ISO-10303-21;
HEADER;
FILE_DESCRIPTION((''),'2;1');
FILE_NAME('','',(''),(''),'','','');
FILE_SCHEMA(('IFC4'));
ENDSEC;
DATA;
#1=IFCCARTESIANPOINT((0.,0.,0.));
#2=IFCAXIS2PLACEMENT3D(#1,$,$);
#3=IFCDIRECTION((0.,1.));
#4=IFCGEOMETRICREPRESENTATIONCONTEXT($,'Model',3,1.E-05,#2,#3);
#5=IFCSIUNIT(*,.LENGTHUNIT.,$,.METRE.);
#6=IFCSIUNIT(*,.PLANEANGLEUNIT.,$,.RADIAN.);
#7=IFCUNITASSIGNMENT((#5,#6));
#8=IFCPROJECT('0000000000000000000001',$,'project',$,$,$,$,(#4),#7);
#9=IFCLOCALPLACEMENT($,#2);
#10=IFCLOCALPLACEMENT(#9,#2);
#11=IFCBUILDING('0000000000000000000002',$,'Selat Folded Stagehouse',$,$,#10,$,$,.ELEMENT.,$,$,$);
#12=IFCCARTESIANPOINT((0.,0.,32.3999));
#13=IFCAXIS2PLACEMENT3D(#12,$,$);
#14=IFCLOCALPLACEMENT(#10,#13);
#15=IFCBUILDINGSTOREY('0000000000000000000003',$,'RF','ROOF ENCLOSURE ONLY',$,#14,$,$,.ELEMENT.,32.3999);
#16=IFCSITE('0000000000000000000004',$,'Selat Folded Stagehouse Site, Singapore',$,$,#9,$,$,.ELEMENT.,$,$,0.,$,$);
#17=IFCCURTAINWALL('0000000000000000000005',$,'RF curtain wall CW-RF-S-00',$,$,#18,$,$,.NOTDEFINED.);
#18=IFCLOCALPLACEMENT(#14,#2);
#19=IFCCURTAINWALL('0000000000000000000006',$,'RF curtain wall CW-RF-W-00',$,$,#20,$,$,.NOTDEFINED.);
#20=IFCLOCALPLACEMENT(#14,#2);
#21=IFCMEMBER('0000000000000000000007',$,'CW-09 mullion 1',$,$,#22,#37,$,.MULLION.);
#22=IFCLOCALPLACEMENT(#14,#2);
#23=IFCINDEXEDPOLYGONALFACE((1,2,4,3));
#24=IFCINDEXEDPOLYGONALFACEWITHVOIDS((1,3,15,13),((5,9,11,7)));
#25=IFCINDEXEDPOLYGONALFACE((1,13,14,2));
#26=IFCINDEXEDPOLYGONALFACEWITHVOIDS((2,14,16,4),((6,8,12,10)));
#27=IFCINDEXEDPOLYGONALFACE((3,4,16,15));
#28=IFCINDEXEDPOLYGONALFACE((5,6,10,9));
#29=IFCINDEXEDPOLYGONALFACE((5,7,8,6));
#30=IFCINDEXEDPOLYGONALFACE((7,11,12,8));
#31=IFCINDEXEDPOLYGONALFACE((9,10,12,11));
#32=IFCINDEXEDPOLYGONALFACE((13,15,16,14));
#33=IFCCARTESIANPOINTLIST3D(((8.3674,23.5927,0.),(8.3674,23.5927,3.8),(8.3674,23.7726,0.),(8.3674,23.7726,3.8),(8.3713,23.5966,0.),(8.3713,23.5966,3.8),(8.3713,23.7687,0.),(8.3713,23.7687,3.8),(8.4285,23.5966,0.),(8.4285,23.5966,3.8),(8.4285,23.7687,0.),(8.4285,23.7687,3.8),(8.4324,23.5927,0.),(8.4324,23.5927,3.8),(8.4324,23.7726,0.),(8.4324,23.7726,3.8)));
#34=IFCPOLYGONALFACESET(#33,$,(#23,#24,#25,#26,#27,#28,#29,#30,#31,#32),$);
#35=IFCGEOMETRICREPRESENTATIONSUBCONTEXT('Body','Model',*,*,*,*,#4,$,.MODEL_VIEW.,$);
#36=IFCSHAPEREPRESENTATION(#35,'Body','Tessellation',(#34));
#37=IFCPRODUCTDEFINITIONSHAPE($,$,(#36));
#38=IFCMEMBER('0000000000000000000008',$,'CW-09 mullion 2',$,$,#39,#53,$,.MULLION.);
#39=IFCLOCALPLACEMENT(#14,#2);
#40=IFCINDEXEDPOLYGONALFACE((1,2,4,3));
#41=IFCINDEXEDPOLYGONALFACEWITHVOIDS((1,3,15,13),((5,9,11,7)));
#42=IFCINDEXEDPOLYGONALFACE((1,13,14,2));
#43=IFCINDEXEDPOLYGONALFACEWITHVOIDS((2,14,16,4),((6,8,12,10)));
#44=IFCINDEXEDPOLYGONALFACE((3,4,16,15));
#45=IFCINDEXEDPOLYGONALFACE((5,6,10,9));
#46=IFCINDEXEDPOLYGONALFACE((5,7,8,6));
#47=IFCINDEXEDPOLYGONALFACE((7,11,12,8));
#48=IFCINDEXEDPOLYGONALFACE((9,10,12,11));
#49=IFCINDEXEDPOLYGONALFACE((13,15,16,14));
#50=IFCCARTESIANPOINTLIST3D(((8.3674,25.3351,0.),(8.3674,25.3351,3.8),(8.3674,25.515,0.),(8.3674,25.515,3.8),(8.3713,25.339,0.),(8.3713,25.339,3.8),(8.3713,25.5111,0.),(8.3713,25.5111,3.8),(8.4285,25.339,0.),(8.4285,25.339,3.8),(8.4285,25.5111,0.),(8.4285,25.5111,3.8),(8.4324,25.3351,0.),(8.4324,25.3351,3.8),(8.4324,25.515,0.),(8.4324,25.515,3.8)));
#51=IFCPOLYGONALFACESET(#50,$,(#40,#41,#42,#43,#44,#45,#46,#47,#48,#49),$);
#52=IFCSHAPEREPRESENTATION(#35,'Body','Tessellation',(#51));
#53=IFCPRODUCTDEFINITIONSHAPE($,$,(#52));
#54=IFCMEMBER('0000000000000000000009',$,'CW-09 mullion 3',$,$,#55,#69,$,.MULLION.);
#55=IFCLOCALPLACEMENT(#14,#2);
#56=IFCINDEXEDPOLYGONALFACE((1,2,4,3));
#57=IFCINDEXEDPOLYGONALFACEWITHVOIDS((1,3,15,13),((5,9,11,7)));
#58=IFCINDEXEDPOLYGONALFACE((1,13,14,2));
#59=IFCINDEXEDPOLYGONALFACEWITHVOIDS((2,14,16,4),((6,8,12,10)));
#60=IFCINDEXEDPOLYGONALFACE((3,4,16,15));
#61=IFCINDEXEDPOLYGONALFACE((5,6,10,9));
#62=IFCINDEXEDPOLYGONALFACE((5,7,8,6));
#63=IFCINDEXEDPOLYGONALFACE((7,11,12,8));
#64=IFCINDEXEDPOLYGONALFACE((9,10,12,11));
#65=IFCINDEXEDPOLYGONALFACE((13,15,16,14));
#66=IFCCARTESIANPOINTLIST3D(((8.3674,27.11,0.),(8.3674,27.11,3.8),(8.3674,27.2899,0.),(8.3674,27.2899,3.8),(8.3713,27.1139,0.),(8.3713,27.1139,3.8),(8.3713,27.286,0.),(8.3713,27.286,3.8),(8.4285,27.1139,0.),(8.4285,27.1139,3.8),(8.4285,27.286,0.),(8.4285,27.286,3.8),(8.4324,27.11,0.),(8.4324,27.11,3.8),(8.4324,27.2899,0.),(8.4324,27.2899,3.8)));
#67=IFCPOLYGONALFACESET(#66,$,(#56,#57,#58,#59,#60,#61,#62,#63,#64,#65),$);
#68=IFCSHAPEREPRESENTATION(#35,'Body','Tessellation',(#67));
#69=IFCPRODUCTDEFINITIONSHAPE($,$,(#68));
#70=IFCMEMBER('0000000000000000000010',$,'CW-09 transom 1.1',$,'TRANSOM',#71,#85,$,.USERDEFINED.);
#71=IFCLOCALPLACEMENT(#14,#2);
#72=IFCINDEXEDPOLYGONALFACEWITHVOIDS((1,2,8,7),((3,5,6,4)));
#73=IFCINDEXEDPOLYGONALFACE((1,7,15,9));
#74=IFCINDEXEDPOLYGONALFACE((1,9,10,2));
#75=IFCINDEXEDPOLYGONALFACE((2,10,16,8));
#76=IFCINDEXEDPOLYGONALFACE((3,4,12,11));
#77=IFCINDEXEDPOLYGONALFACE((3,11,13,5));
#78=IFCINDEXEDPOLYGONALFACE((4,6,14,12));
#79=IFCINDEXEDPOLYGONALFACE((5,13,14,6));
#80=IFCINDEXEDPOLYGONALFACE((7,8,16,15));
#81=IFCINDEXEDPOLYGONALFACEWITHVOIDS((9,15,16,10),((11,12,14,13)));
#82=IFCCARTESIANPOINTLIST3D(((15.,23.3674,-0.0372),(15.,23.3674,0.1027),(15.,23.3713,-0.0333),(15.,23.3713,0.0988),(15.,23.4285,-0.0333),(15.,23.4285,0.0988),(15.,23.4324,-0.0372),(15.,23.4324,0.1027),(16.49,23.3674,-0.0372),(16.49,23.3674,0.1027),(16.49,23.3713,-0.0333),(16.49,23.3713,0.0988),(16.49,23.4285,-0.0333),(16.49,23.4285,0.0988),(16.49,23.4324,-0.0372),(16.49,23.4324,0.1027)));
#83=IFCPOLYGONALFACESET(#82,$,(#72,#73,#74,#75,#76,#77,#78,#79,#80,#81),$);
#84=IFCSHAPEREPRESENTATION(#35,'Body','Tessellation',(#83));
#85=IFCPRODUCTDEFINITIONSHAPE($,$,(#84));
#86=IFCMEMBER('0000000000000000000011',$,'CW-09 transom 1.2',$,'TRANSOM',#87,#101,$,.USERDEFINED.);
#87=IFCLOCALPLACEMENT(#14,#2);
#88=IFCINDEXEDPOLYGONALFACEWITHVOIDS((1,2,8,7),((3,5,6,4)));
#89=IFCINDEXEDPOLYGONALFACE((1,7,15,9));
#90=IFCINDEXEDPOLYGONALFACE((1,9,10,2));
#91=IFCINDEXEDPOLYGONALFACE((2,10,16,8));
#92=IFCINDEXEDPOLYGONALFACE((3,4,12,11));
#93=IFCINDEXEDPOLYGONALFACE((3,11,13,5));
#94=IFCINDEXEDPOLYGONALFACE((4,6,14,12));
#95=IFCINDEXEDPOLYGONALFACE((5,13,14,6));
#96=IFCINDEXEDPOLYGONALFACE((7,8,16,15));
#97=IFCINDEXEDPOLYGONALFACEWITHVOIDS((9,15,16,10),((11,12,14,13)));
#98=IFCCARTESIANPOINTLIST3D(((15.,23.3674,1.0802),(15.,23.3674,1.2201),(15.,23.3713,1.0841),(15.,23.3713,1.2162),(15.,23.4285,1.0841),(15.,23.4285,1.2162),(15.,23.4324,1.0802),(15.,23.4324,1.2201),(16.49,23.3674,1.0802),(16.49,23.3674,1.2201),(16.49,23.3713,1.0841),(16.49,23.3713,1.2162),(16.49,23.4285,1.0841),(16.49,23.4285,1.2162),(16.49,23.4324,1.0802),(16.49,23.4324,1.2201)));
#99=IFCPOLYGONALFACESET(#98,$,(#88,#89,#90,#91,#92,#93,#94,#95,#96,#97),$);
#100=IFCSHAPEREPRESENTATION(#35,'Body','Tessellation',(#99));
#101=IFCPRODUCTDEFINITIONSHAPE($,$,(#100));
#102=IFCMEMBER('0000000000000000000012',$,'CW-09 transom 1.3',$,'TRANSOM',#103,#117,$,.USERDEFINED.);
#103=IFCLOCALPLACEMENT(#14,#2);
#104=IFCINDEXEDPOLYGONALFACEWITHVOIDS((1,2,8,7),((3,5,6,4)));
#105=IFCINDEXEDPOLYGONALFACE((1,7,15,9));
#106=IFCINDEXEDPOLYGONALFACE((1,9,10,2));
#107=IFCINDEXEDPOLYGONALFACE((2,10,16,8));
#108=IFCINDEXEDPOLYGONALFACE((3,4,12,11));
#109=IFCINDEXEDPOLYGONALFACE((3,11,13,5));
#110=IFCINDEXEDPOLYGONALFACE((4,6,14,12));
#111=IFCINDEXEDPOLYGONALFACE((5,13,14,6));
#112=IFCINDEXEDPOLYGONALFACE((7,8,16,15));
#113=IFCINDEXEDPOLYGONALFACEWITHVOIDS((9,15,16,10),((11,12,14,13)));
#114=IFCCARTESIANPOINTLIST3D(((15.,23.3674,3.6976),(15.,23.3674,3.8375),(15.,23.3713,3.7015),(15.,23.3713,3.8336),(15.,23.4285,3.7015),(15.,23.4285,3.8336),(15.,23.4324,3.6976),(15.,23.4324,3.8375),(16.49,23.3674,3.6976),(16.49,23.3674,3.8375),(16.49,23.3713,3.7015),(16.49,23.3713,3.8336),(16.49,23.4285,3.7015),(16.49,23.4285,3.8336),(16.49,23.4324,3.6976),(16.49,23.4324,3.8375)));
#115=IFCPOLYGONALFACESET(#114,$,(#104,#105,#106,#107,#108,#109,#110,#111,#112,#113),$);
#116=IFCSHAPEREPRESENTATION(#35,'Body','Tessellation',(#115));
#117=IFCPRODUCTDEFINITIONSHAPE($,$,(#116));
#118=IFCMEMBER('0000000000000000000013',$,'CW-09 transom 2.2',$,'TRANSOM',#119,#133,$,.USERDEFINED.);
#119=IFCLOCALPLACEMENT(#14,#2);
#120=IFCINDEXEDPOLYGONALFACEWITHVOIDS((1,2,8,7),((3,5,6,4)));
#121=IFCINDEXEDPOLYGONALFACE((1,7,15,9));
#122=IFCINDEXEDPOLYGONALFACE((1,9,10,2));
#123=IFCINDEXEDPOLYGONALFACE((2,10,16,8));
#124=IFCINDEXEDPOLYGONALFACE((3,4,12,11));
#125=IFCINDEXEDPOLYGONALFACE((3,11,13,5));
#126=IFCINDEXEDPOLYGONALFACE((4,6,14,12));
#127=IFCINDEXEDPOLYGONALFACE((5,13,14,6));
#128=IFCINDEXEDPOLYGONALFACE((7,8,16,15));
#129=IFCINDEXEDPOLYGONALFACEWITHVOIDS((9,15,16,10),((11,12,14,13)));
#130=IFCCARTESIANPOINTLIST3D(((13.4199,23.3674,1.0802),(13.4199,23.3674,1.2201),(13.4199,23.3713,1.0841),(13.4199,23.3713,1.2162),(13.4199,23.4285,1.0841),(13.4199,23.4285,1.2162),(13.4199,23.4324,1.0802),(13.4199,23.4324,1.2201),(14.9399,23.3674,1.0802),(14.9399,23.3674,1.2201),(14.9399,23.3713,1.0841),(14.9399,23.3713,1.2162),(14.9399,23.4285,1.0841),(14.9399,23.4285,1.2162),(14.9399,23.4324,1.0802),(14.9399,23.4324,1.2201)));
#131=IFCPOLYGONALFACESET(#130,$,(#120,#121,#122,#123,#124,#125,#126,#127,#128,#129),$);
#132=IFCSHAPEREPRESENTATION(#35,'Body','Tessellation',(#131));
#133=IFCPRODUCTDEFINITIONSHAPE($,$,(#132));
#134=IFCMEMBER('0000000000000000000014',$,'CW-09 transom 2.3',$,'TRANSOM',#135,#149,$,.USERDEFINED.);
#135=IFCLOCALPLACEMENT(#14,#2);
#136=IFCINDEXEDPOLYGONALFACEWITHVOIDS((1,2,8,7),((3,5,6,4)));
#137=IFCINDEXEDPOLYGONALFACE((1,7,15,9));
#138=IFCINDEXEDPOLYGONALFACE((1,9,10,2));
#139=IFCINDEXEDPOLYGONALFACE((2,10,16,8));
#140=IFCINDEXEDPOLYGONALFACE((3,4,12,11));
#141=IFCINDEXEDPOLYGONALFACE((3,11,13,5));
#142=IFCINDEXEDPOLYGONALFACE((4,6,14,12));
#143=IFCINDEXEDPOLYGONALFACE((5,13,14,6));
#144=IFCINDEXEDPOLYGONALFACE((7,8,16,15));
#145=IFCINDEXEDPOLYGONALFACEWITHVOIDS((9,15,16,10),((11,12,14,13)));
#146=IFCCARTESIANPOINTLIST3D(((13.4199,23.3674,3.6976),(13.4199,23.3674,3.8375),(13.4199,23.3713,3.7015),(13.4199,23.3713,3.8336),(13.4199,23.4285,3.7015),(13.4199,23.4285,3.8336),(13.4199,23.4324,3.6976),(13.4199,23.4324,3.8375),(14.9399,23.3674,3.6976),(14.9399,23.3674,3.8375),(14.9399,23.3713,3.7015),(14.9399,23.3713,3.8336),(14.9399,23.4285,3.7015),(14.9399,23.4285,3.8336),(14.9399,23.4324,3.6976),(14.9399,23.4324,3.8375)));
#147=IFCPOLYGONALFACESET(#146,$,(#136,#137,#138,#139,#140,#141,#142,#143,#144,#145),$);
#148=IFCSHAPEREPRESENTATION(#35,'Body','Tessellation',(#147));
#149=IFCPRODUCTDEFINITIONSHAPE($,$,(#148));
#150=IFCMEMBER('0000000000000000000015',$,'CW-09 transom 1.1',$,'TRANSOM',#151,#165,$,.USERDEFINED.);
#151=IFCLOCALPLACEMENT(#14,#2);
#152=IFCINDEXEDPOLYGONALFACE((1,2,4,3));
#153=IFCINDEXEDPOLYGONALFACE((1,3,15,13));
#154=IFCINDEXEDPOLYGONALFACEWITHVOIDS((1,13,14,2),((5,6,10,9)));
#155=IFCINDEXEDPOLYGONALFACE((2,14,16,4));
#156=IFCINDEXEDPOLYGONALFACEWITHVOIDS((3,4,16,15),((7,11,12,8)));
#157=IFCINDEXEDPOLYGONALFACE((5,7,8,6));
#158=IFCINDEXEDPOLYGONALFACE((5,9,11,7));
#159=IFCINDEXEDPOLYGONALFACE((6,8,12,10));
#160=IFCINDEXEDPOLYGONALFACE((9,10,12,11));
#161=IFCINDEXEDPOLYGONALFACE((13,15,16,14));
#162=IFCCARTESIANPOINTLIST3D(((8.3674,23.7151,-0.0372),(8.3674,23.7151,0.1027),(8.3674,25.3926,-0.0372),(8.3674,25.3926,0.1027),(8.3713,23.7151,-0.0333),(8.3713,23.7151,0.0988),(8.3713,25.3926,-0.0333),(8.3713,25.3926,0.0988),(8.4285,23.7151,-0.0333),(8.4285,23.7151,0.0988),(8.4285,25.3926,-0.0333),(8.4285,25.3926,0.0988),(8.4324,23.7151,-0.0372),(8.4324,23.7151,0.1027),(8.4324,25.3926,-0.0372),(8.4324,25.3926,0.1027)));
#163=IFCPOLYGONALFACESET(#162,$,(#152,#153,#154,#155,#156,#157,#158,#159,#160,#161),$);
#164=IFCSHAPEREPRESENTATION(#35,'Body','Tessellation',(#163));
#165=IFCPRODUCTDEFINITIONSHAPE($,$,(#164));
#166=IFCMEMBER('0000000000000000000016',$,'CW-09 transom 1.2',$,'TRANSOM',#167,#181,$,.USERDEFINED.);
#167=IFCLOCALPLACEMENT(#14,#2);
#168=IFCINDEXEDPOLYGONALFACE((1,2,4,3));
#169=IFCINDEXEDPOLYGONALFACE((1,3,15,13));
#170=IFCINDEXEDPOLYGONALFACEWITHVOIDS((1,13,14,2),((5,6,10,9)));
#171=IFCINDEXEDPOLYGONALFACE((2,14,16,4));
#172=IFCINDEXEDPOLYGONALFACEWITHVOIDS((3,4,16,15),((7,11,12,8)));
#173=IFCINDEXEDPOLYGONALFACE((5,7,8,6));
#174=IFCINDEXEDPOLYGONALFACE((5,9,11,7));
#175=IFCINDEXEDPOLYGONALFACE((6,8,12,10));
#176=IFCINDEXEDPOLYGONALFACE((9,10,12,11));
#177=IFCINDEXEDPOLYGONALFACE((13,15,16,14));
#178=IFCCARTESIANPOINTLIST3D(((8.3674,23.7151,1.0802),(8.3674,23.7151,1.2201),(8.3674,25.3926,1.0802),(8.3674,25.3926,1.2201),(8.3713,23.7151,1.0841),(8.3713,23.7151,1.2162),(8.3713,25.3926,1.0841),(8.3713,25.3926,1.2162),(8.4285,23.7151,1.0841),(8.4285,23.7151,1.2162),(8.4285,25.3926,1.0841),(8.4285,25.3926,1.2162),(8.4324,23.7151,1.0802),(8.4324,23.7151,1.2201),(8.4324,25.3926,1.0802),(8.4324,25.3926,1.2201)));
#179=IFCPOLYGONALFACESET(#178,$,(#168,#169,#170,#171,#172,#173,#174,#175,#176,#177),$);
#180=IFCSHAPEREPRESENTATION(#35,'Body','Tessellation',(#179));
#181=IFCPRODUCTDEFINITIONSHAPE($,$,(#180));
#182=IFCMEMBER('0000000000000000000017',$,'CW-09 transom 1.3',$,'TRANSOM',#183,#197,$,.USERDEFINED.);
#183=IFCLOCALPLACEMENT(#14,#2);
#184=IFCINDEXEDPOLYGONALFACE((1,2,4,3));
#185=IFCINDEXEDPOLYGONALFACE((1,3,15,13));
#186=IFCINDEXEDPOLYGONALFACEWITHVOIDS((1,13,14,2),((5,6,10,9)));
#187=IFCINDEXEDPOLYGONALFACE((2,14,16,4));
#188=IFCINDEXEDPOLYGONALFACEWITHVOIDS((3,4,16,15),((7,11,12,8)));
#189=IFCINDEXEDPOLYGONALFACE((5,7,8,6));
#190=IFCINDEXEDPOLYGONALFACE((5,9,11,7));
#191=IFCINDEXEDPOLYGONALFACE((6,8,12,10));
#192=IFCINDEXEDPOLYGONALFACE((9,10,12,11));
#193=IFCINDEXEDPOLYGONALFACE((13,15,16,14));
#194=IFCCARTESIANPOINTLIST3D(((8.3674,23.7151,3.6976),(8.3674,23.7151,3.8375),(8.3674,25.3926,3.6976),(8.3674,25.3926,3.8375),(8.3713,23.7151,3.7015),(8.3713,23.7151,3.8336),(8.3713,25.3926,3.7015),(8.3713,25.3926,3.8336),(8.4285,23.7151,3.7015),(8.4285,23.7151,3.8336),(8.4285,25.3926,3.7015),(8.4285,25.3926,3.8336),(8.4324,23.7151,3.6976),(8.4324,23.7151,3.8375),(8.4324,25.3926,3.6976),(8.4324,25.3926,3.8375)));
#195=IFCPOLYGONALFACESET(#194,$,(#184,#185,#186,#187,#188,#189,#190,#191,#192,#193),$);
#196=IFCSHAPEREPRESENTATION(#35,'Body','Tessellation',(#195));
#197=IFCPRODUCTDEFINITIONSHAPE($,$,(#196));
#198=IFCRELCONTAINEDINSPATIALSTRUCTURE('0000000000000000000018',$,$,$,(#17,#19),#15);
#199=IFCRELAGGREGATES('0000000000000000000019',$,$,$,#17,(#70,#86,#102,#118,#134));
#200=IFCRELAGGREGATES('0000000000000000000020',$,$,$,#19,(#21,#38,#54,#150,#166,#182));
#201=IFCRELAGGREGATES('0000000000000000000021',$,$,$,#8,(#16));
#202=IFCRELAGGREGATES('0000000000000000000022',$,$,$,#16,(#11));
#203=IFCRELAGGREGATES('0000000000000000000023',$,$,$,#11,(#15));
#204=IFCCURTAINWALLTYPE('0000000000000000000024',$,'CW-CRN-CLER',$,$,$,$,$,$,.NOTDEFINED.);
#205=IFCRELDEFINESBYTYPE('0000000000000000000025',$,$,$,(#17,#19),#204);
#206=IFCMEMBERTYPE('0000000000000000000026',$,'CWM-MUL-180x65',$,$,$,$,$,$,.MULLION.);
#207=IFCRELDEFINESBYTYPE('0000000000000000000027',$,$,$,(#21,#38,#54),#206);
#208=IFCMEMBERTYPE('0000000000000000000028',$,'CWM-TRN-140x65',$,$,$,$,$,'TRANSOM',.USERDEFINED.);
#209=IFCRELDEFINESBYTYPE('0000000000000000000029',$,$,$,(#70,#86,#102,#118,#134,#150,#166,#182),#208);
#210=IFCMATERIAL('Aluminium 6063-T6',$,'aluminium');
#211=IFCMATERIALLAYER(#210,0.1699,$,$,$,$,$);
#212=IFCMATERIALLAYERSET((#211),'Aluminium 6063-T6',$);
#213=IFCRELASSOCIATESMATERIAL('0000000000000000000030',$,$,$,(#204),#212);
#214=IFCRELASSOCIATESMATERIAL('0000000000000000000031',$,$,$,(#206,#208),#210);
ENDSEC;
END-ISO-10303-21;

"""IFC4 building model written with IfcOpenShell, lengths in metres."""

from ifc_helpers import new_model, si_unit, direction, frame, origin, origin_2d, place, context, subcontext, project, spatial, hollow_rectangle, extrude, material, layer, layer_set, material_profile, profile_set, type_object, element, aggregate, save


model = new_model("IFC4")

# Units and contexts
model_context = context("Model", 3, precision=1e-05, world=origin(), true_north=direction((0.0, 1.0)))
body_context = subcontext(model_context, "Body", "Model", "MODEL_VIEW")
ifc_project = project(units=[si_unit("LENGTHUNIT", "METRE"), si_unit("PLANEANGLEUNIT", "RADIAN")], contexts=[model_context])

# Site, building, storey
site_placement = place(None, origin())
site = spatial("IfcSite", under=ifc_project, at=site_placement, Name="Selat Folded Stagehouse Site, Singapore", CompositionType="ELEMENT", RefElevation=0.0)
building_placement = place(site_placement, origin())
building = spatial("IfcBuilding", under=site, at=building_placement, Name="Selat Folded Stagehouse", CompositionType="ELEMENT")
storey_placement = place(building_placement, frame((0.0, 0.0, 32.3999)))
storey = spatial("IfcBuildingStorey", under=building, at=storey_placement, Name="RF", Description="ROOF ENCLOSURE ONLY", CompositionType="ELEMENT", Elevation=32.3999)

# Curtain walls, members
ifc_material_1 = material(Name="Aluminium 6063-T6", Category="aluminium")
ifc_layer_1 = layer(ifc_material_1, 0.1699)
ifc_layer_set_1 = layer_set([ifc_layer_1], Name="Aluminium 6063-T6")
curtain_wall_type = type_object("IfcCurtainWallType", Name="CW-CRN-CLER", PredefinedType="NOTDEFINED", material=ifc_layer_set_1)
curtain_wall_1_placement = place(storey_placement, origin())
curtain_wall_1 = element("IfcCurtainWall", 1, at=curtain_wall_1_placement, inside=storey, type_object=curtain_wall_type, Name="RF curtain wall CW-RF-S-00", PredefinedType="NOTDEFINED")
curtain_wall_2_placement = place(storey_placement, origin())
curtain_wall_2 = element("IfcCurtainWall", 2, at=curtain_wall_2_placement, inside=storey, type_object=curtain_wall_type, Name="RF curtain wall CW-RF-W-00", PredefinedType="NOTDEFINED")
ifc_material_profile_1 = material_profile(ifc_material_1, hollow_rectangle(XDim=0.0649, YDim=0.1799, WallThickness=0.0039, at=origin_2d()), Name="ALU 180x65x4.0")
ifc_profile_set_1 = profile_set([ifc_material_profile_1], Name="Aluminium 6063-T6")
member_type_1 = type_object("IfcMemberType", Name="CWM-MUL-180x65", PredefinedType="MULLION", material=ifc_profile_set_1)
member_1_placement = place(storey_placement, frame((8.3999, 23.6826, 0.0), z_axis=(0.0, 0.0, 1.0), x_axis=(-1.0, 0.0, 0.0)))
member_1 = element("IfcMember", 3, at=member_1_placement, type_object=member_type_1, Name="CW-09 mullion 1", PredefinedType="MULLION", context=body_context, shape_type="SweptSolid", body=[
    extrude(hollow_rectangle(XDim=0.0649, YDim=0.1799, WallThickness=0.0039, at=origin_2d()), origin(), (0.0, 0.0, 1.0), 3.8),
])
member_2_placement = place(storey_placement, frame((8.3999, 25.425, 0.0), z_axis=(0.0, 0.0, 1.0), x_axis=(-1.0, 0.0, 0.0)))
member_2 = element("IfcMember", 4, at=member_2_placement, type_object=member_type_1, Name="CW-09 mullion 2", PredefinedType="MULLION", context=body_context, shape_type="SweptSolid", body=[
    extrude(hollow_rectangle(XDim=0.0649, YDim=0.1799, WallThickness=0.0039, at=origin_2d()), origin(), (0.0, 0.0, 1.0), 3.8),
])
member_3_placement = place(storey_placement, frame((8.3999, 27.2, 0.0), z_axis=(0.0, 0.0, 1.0), x_axis=(-1.0, 0.0, 0.0)))
member_3 = element("IfcMember", 5, at=member_3_placement, type_object=member_type_1, Name="CW-09 mullion 3", PredefinedType="MULLION", context=body_context, shape_type="SweptSolid", body=[
    extrude(hollow_rectangle(XDim=0.0649, YDim=0.1799, WallThickness=0.0039, at=origin_2d()), origin(), (0.0, 0.0, 1.0), 3.8),
])

# Members
ifc_material_profile_2 = material_profile(ifc_material_1, hollow_rectangle(XDim=0.0649, YDim=0.1399, WallThickness=0.0039, at=origin_2d()), Name="ALU 140x65x4.0")
ifc_profile_set_2 = profile_set([ifc_material_profile_2], Name="Aluminium 6063-T6")
member_type_2 = type_object("IfcMemberType", Name="CWM-TRN-140x65", ElementType="TRANSOM", PredefinedType="USERDEFINED", material=ifc_profile_set_2)
member_4_placement = place(storey_placement, frame((16.49, 23.3999, 0.0327), z_axis=(-1.0, 0.0, 0.0), x_axis=(0.0, -1.0, 0.0)))
member_4 = element("IfcMember", 6, at=member_4_placement, type_object=member_type_2, Name="CW-09 transom 1.1", ObjectType="TRANSOM", PredefinedType="USERDEFINED", context=body_context, shape_type="SweptSolid", body=[
    extrude(hollow_rectangle(XDim=0.0649, YDim=0.1399, WallThickness=0.0039, at=origin_2d()), origin(), (0.0, 0.0, 1.0), 1.49),
])
member_5_placement = place(storey_placement, frame((16.49, 23.3999, 1.1501), z_axis=(-1.0, 0.0, 0.0), x_axis=(0.0, -1.0, 0.0)))
member_5 = element("IfcMember", 7, at=member_5_placement, type_object=member_type_2, Name="CW-09 transom 1.2", ObjectType="TRANSOM", PredefinedType="USERDEFINED", context=body_context, shape_type="SweptSolid", body=[
    extrude(hollow_rectangle(XDim=0.0649, YDim=0.1399, WallThickness=0.0039, at=origin_2d()), origin(), (0.0, 0.0, 1.0), 1.49),
])
member_6_placement = place(storey_placement, frame((16.49, 23.3999, 3.7676), z_axis=(-1.0, 0.0, 0.0), x_axis=(0.0, -1.0, 0.0)))
member_6 = element("IfcMember", 8, at=member_6_placement, type_object=member_type_2, Name="CW-09 transom 1.3", ObjectType="TRANSOM", PredefinedType="USERDEFINED", context=body_context, shape_type="SweptSolid", body=[
    extrude(hollow_rectangle(XDim=0.0649, YDim=0.1399, WallThickness=0.0039, at=origin_2d()), origin(), (0.0, 0.0, 1.0), 1.49),
])
member_7_placement = place(storey_placement, frame((14.9399, 23.3999, 1.1501), z_axis=(-1.0, 0.0, 0.0), x_axis=(0.0, -1.0, 0.0)))
member_7 = element("IfcMember", 9, at=member_7_placement, type_object=member_type_2, Name="CW-09 transom 2.2", ObjectType="TRANSOM", PredefinedType="USERDEFINED", context=body_context, shape_type="SweptSolid", body=[
    extrude(hollow_rectangle(XDim=0.0649, YDim=0.1399, WallThickness=0.0039, at=origin_2d()), origin(), (0.0, 0.0, 1.0), 1.52),
])
member_8_placement = place(storey_placement, frame((14.9399, 23.3999, 3.7676), z_axis=(-1.0, 0.0, 0.0), x_axis=(0.0, -1.0, 0.0)))
member_8 = element("IfcMember", 10, at=member_8_placement, type_object=member_type_2, Name="CW-09 transom 2.3", ObjectType="TRANSOM", PredefinedType="USERDEFINED", context=body_context, shape_type="SweptSolid", body=[
    extrude(hollow_rectangle(XDim=0.0649, YDim=0.1399, WallThickness=0.0039, at=origin_2d()), origin(), (0.0, 0.0, 1.0), 1.52),
])
member_9_placement = place(storey_placement, frame((8.3999, 23.7151, 0.0327), z_axis=(0.0, 1.0, 0.0), x_axis=(-1.0, 0.0, 0.0)))
member_9 = element("IfcMember", 11, at=member_9_placement, type_object=member_type_2, Name="CW-09 transom 1.1", ObjectType="TRANSOM", PredefinedType="USERDEFINED", context=body_context, shape_type="SweptSolid", body=[
    extrude(hollow_rectangle(XDim=0.0649, YDim=0.1399, WallThickness=0.0039, at=origin_2d()), origin(), (0.0, 0.0, 1.0), 1.6775),
])
member_10_placement = place(storey_placement, frame((8.3999, 23.7151, 1.1501), z_axis=(0.0, 1.0, 0.0), x_axis=(-1.0, 0.0, 0.0)))
member_10 = element("IfcMember", 12, at=member_10_placement, type_object=member_type_2, Name="CW-09 transom 1.2", ObjectType="TRANSOM", PredefinedType="USERDEFINED", context=body_context, shape_type="SweptSolid", body=[
    extrude(hollow_rectangle(XDim=0.0649, YDim=0.1399, WallThickness=0.0039, at=origin_2d()), origin(), (0.0, 0.0, 1.0), 1.6775),
])
member_11_placement = place(storey_placement, frame((8.3999, 23.7151, 3.7676), z_axis=(0.0, 1.0, 0.0), x_axis=(-1.0, 0.0, 0.0)))
member_11 = element("IfcMember", 13, at=member_11_placement, type_object=member_type_2, Name="CW-09 transom 1.3", ObjectType="TRANSOM", PredefinedType="USERDEFINED", context=body_context, shape_type="SweptSolid", body=[
    extrude(hollow_rectangle(XDim=0.0649, YDim=0.1399, WallThickness=0.0039, at=origin_2d()), origin(), (0.0, 0.0, 1.0), 1.6775),
])

aggregate(curtain_wall_1, [member_4, member_5, member_6, member_7, member_8])
aggregate(curtain_wall_2, [member_1, member_2, member_3, member_9, member_10, member_11])

save(model, "model.ifc")
